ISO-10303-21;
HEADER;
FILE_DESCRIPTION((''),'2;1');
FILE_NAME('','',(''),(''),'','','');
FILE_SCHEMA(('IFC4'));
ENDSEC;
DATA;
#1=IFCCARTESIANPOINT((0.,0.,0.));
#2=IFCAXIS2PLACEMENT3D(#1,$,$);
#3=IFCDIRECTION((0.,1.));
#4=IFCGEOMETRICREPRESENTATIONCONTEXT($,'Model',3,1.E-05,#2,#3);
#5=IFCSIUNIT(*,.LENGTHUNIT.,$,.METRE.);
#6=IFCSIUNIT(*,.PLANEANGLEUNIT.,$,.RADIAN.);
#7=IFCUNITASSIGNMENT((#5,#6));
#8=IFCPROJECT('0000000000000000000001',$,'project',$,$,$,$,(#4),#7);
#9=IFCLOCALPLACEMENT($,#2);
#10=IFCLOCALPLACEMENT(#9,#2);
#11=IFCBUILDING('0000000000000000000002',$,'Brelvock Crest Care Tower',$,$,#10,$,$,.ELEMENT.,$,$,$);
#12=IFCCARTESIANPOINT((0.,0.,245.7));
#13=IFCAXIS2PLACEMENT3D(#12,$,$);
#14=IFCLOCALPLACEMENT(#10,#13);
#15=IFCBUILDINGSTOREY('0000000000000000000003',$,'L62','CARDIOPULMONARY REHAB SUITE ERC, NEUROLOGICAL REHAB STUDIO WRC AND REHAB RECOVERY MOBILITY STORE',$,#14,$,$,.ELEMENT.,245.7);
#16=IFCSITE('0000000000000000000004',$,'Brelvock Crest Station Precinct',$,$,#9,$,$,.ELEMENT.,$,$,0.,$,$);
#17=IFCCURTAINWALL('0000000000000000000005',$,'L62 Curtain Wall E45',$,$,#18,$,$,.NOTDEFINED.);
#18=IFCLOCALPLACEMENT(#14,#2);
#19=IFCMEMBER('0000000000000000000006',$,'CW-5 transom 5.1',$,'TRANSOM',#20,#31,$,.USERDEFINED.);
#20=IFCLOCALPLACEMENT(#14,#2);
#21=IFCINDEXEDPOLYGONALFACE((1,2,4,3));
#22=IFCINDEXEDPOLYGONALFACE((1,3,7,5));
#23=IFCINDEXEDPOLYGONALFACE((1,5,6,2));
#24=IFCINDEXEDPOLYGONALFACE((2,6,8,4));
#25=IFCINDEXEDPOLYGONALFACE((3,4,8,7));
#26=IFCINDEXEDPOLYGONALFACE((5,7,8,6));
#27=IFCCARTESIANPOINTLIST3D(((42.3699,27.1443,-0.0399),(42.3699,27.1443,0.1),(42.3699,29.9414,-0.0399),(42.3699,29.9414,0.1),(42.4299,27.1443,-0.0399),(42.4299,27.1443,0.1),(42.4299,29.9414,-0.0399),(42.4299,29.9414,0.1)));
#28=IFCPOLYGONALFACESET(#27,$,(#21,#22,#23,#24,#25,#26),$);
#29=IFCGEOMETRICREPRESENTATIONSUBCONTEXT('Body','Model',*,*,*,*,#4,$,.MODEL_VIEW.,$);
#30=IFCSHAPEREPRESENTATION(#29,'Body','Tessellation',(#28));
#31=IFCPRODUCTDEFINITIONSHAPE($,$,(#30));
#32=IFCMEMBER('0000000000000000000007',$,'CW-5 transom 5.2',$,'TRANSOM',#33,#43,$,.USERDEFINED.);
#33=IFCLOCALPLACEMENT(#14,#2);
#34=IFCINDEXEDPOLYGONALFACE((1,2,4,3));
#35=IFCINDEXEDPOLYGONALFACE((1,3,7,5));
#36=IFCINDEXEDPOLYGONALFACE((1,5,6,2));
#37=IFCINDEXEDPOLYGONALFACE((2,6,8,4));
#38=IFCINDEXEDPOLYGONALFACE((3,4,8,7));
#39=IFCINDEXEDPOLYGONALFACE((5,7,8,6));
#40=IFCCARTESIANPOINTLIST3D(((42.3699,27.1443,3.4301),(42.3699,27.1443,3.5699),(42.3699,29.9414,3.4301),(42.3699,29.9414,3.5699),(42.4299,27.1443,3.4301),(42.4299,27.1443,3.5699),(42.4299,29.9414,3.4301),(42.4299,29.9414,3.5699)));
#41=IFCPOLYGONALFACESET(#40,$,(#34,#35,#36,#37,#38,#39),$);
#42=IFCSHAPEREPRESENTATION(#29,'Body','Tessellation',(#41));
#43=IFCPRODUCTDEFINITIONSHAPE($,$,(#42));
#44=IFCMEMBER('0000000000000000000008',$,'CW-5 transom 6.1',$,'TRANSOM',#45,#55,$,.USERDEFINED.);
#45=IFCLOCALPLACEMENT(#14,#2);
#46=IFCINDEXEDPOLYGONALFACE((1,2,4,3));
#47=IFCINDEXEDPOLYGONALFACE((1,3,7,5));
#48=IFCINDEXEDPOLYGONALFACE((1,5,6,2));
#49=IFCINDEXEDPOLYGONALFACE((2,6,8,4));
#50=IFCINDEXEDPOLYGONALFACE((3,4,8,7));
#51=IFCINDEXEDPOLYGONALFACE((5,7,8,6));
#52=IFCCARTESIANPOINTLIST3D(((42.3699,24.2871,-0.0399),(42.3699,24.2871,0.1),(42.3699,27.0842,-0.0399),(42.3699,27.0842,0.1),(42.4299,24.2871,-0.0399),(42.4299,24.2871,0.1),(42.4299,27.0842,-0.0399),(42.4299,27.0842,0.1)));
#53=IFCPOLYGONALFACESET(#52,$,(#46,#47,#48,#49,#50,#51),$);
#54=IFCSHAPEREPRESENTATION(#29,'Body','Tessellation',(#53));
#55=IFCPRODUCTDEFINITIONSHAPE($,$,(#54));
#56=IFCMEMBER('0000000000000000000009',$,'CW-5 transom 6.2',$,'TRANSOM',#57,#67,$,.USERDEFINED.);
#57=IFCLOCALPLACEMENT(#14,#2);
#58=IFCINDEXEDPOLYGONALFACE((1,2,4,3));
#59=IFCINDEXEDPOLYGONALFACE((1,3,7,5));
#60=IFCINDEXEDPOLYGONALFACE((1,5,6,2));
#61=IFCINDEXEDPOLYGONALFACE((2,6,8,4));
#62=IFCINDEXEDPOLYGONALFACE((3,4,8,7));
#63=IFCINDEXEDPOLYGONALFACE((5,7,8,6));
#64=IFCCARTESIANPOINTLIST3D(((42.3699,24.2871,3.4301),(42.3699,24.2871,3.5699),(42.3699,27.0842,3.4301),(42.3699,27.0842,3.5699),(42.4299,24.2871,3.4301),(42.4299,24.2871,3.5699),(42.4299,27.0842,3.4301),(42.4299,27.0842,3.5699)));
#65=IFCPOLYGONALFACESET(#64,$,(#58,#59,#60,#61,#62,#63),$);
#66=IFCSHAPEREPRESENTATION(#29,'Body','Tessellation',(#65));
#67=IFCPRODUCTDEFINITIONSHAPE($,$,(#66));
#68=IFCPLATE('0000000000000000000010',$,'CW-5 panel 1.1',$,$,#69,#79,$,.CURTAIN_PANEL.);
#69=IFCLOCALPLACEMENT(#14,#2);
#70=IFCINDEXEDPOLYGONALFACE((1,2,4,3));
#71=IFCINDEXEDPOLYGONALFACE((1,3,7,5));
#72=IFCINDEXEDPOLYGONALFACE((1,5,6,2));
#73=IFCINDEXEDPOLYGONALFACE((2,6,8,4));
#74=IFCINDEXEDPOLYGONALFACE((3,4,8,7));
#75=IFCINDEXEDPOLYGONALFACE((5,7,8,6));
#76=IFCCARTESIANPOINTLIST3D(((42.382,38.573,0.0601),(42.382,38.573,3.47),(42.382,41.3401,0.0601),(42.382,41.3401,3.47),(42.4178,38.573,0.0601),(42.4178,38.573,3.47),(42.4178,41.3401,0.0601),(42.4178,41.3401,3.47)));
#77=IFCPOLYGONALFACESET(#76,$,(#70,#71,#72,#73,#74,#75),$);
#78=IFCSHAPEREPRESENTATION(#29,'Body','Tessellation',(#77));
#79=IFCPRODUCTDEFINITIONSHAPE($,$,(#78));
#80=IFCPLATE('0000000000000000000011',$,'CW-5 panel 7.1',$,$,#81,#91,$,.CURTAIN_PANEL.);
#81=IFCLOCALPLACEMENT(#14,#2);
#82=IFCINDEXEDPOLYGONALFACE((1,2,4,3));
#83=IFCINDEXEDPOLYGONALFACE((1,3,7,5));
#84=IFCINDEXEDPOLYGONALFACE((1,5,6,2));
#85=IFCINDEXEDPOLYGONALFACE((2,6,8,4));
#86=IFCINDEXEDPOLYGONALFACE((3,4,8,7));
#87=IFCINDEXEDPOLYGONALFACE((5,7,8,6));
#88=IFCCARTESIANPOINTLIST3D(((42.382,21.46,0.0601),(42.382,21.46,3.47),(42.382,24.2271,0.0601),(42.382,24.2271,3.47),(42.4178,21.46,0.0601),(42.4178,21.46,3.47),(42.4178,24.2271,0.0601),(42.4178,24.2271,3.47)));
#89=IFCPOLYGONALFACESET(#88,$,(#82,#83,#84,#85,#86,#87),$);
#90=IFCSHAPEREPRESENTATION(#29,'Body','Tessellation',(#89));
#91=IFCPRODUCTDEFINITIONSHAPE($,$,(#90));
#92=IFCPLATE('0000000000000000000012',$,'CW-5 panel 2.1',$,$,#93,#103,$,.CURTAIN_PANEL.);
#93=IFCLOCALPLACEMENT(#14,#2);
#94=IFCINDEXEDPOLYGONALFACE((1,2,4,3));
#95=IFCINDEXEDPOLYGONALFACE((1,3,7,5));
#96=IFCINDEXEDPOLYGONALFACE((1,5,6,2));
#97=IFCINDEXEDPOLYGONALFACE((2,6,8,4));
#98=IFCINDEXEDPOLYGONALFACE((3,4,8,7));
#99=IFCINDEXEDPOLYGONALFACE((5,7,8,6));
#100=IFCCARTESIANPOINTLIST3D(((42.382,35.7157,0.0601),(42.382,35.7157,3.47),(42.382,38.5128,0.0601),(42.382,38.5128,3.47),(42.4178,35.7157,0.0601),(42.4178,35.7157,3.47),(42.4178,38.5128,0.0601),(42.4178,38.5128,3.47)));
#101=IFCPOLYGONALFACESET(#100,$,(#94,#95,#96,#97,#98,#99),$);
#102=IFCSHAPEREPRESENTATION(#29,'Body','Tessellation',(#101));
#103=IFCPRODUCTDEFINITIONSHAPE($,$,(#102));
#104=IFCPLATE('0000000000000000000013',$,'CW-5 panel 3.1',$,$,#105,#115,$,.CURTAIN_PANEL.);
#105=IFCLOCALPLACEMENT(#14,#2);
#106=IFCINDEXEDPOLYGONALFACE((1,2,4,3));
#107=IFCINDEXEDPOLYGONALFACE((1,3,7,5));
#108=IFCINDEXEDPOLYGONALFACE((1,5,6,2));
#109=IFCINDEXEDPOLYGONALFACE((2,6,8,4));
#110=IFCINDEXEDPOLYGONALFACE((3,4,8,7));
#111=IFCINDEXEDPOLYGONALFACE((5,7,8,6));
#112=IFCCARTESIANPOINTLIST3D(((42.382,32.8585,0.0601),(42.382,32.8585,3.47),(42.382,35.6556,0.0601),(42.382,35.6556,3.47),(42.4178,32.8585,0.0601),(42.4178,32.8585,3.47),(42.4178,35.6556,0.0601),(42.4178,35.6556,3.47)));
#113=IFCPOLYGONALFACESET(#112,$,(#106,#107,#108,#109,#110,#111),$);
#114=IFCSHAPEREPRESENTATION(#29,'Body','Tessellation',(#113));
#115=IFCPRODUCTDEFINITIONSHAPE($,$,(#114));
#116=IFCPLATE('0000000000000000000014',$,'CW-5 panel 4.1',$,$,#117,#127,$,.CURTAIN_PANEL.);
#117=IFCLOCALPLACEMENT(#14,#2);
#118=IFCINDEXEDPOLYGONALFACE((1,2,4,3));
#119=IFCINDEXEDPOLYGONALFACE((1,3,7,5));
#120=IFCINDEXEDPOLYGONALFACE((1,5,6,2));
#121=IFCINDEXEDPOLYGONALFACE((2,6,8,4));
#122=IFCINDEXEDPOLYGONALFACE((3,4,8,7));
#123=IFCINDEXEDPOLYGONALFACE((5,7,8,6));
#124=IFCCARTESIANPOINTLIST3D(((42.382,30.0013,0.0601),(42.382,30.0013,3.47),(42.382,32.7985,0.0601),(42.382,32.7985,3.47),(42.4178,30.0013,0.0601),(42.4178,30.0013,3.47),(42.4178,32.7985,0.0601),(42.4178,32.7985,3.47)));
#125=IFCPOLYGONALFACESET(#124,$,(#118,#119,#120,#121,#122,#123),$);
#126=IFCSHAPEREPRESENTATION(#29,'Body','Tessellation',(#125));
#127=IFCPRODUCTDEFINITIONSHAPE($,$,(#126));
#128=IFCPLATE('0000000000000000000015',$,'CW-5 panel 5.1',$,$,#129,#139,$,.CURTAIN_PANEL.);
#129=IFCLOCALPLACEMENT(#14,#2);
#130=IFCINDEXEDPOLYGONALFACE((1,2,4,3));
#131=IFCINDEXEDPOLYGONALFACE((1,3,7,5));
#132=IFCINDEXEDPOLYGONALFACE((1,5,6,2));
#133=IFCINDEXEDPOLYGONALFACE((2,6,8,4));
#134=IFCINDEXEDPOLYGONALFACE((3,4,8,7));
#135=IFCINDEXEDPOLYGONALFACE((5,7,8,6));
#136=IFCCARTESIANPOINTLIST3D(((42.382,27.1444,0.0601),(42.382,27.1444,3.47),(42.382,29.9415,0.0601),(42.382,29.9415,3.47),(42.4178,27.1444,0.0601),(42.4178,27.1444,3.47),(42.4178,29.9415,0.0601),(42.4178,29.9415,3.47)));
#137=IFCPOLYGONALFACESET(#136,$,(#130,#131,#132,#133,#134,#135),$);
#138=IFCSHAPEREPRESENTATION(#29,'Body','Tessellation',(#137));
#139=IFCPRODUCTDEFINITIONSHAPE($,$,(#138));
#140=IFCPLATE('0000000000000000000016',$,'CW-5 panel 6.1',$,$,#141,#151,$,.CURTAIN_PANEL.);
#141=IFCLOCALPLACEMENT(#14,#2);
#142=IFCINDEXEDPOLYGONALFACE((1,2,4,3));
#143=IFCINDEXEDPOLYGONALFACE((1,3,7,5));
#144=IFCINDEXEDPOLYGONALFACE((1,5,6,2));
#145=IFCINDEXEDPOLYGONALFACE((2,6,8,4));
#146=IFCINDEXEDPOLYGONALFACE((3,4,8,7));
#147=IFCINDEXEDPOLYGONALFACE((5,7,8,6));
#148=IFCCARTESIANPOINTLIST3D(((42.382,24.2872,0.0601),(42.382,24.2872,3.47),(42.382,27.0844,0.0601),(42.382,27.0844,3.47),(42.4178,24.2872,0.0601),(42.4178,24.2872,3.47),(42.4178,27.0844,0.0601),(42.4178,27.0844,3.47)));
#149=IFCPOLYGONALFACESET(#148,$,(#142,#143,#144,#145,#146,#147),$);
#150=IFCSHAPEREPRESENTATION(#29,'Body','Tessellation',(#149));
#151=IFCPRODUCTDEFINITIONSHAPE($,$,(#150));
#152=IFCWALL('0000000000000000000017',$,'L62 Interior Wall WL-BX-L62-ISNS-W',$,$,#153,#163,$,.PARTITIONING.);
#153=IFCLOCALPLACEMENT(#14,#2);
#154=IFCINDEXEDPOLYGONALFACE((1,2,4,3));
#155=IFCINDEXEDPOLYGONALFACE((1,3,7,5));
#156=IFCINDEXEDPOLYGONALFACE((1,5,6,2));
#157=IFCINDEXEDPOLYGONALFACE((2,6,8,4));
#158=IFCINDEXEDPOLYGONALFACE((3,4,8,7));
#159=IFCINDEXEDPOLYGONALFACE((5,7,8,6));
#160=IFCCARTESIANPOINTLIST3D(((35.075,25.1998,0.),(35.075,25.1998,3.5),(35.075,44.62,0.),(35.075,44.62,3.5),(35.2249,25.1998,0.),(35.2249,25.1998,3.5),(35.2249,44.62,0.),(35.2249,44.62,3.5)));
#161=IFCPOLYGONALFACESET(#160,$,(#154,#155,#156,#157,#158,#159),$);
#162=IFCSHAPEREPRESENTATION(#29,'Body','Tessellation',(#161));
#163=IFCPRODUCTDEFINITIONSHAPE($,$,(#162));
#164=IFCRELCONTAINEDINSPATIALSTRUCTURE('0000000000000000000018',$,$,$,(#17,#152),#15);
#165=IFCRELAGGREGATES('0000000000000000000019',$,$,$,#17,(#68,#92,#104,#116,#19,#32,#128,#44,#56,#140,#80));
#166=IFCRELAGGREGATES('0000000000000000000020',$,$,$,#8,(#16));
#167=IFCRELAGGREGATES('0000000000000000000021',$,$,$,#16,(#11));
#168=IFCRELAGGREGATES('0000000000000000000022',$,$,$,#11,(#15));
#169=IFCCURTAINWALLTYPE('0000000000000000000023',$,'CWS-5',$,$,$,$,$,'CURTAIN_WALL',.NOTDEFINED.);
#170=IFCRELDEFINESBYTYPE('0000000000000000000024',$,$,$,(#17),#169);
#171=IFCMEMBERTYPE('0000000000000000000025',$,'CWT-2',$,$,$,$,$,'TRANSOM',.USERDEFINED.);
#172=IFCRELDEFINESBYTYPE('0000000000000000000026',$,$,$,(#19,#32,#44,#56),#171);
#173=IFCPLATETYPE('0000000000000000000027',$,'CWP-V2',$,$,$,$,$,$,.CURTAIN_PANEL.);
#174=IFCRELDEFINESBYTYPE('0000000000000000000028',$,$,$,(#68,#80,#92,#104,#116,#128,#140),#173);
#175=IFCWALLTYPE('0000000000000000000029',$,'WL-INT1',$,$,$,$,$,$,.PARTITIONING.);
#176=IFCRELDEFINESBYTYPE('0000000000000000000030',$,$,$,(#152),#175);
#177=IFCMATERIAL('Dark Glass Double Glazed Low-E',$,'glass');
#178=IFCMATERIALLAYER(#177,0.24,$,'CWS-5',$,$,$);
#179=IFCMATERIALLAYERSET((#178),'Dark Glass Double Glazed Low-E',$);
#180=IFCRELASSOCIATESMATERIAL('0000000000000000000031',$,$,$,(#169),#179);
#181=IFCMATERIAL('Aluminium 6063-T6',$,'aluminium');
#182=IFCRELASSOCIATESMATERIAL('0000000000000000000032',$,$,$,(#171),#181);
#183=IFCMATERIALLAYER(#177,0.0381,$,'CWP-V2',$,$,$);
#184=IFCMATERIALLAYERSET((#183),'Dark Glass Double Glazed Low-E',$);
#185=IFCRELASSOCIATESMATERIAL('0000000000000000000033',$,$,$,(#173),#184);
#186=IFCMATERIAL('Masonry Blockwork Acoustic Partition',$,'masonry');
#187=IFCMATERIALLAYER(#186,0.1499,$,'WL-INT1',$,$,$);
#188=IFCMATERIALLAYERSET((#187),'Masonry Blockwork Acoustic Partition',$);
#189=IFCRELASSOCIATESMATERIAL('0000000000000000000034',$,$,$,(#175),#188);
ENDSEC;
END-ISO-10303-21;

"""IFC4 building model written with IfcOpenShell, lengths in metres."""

from ifc_helpers import new_model, si_unit, direction, frame, frame_2d, origin, origin_2d, place, context, subcontext, project, spatial, rectangle, extrude, source, transform, mapped, material, layer, layer_set, material_profile, profile_set, type_object, element, aggregate, save


model = new_model("IFC4")

# Units and contexts
model_context = context("Model", 3, precision=1e-05, world=origin(), true_north=direction((0.0, 1.0)))
body_context = subcontext(model_context, "Body", "Model", "MODEL_VIEW")
ifc_project = project(units=[si_unit("LENGTHUNIT", "METRE"), si_unit("PLANEANGLEUNIT", "RADIAN")], contexts=[model_context])

# Site, building, storey
site_placement = place(None, origin())
site = spatial("IfcSite", under=ifc_project, at=site_placement, Name="Brelvock Crest Station Precinct", CompositionType="ELEMENT", RefElevation=0.0)
building_placement = place(site_placement, origin())
building = spatial("IfcBuilding", under=site, at=building_placement, Name="Brelvock Crest Care Tower", CompositionType="ELEMENT")
storey_placement = place(building_placement, frame((0.0, 0.0, 245.7)))
storey = spatial("IfcBuildingStorey", under=building, at=storey_placement, Name="L62", Description="CARDIOPULMONARY REHAB SUITE ERC, NEUROLOGICAL REHAB STUDIO WRC AND REHAB RECOVERY MOBILITY STORE", CompositionType="ELEMENT", Elevation=245.7)

# Curtain wall, members, plates
ifc_material_1 = material(Name="Dark Glass Double Glazed Low-E", Category="glass")
ifc_layer_1 = layer(ifc_material_1, 0.24, Name="CWS-5")
ifc_layer_set_1 = layer_set([ifc_layer_1], Name="Dark Glass Double Glazed Low-E")
curtain_wall_type = type_object("IfcCurtainWallType", Name="CWS-5", ElementType="CURTAIN_WALL", PredefinedType="NOTDEFINED", material=ifc_layer_set_1)
curtain_wall_placement = place(storey_placement, origin())
curtain_wall = element("IfcCurtainWall", 1, at=curtain_wall_placement, inside=storey, type_object=curtain_wall_type, Name="L62 Curtain Wall E45", PredefinedType="NOTDEFINED")
ifc_material_2 = material(Name="Aluminium 6063-T6", Category="aluminium")
ifc_material_profile_1 = material_profile(ifc_material_2, rectangle(XDim=0.0601, YDim=0.1399, at=origin_2d()), Name="ALU60x140")
ifc_profile_set_1 = profile_set([ifc_material_profile_1], Name="Aluminium 6063-T6")
member_type_1 = type_object("IfcMemberType", Name="CWT-2", ElementType="TRANSOM", PredefinedType="USERDEFINED", material=ifc_profile_set_1)
shared_shape_1 = source(origin(), body_context, "Body", "SweptSolid", [
    extrude(rectangle(XDim=0.0601, YDim=0.1399, at=origin_2d()), origin(), (0.0, 0.0, 1.0), 2.7971),
])
member_1_placement = place(storey_placement, frame((42.3999, 29.9414, 0.03), z_axis=(0.0, -1.0, 0.0), x_axis=(1.0, 0.0, 0.0)))
member_1 = element("IfcMember", 2, at=member_1_placement, type_object=member_type_1, Name="CW-5 transom 5.1", ObjectType="TRANSOM", PredefinedType="USERDEFINED", context=body_context, shape_type="MappedRepresentation", body=[
    mapped(shared_shape_1, transform((0.0, 0.0, 0.0), x_axis=(1.0, 0.0, 0.0), y_axis=(0.0, 1.0, 0.0), z_axis=(0.0, 0.0, 1.0), scale=1.0)),
])
member_2_placement = place(storey_placement, frame((42.3999, 29.9414, 3.5), z_axis=(0.0, -1.0, 0.0), x_axis=(1.0, 0.0, 0.0)))
member_2 = element("IfcMember", 3, at=member_2_placement, type_object=member_type_1, Name="CW-5 transom 5.2", ObjectType="TRANSOM", PredefinedType="USERDEFINED", context=body_context, shape_type="MappedRepresentation", body=[
    mapped(shared_shape_1, transform((0.0, 0.0, 0.0), x_axis=(1.0, 0.0, 0.0), y_axis=(0.0, 1.0, 0.0), z_axis=(0.0, 0.0, 1.0), scale=1.0)),
])
member_3_placement = place(storey_placement, frame((42.3999, 27.0842, 0.03), z_axis=(0.0, -1.0, 0.0), x_axis=(1.0, 0.0, 0.0)))
member_3 = element("IfcMember", 4, at=member_3_placement, type_object=member_type_1, Name="CW-5 transom 6.1", ObjectType="TRANSOM", PredefinedType="USERDEFINED", context=body_context, shape_type="MappedRepresentation", body=[
    mapped(shared_shape_1, transform((0.0, 0.0, 0.0), x_axis=(1.0, 0.0, 0.0), y_axis=(0.0, 1.0, 0.0), z_axis=(0.0, 0.0, 1.0), scale=1.0)),
])
member_4_placement = place(storey_placement, frame((42.3999, 27.0842, 3.5), z_axis=(0.0, -1.0, 0.0), x_axis=(1.0, 0.0, 0.0)))
member_4 = element("IfcMember", 5, at=member_4_placement, type_object=member_type_1, Name="CW-5 transom 6.2", ObjectType="TRANSOM", PredefinedType="USERDEFINED", context=body_context, shape_type="MappedRepresentation", body=[
    mapped(shared_shape_1, transform((0.0, 0.0, 0.0), x_axis=(1.0, 0.0, 0.0), y_axis=(0.0, 1.0, 0.0), z_axis=(0.0, 0.0, 1.0), scale=1.0)),
])
ifc_layer_2 = layer(ifc_material_1, 0.0381, Name="CWP-V2")
ifc_layer_set_2 = layer_set([ifc_layer_2], Name="Dark Glass Double Glazed Low-E")
plate_type = type_object("IfcPlateType", Name="CWP-V2", PredefinedType="CURTAIN_PANEL", material=ifc_layer_set_2)
shared_shape_2 = source(origin(), body_context, "Body", "SweptSolid", [
    extrude(rectangle(XDim=2.7671, YDim=0.0359, at=origin_2d()), origin(), (0.0, 0.0, 1.0), 3.4099),
])
plate_1_placement = place(storey_placement, frame((42.3999, 39.9565, 0.0601), z_axis=(0.0, 0.0, 1.0), x_axis=(0.0, -1.0, 0.0)))
plate_1 = element("IfcPlate", 6, at=plate_1_placement, type_object=plate_type, Name="CW-5 panel 1.1", PredefinedType="CURTAIN_PANEL", context=body_context, shape_type="MappedRepresentation", body=[
    mapped(shared_shape_2, transform((0.0, 0.0, 0.0), x_axis=(1.0, 0.0, 0.0), y_axis=(0.0, 1.0, 0.0), z_axis=(0.0, 0.0, 1.0), scale=1.0)),
])
plate_2_placement = place(storey_placement, frame((42.3999, 22.8435, 0.0601), z_axis=(0.0, 0.0, 1.0), x_axis=(0.0, -1.0, 0.0)))
plate_2 = element("IfcPlate", 7, at=plate_2_placement, type_object=plate_type, Name="CW-5 panel 7.1", PredefinedType="CURTAIN_PANEL", context=body_context, shape_type="MappedRepresentation", body=[
    mapped(shared_shape_2, transform((0.0, 0.0, 0.0), x_axis=(1.0, 0.0, 0.0), y_axis=(0.0, 1.0, 0.0), z_axis=(0.0, 0.0, 1.0), scale=1.0)),
])
shared_shape_3 = source(origin(), body_context, "Body", "SweptSolid", [
    extrude(rectangle(XDim=2.7971, YDim=0.0359, at=origin_2d()), origin(), (0.0, 0.0, 1.0), 3.4099),
])
plate_3_placement = place(storey_placement, frame((42.3999, 37.1143, 0.0601), z_axis=(0.0, 0.0, 1.0), x_axis=(0.0, -1.0, 0.0)))
plate_3 = element("IfcPlate", 8, at=plate_3_placement, type_object=plate_type, Name="CW-5 panel 2.1", PredefinedType="CURTAIN_PANEL", context=body_context, shape_type="MappedRepresentation", body=[
    mapped(shared_shape_3, transform((0.0, 0.0, 0.0), x_axis=(1.0, 0.0, 0.0), y_axis=(0.0, 1.0, 0.0), z_axis=(0.0, 0.0, 1.0), scale=1.0)),
])
plate_4_placement = place(storey_placement, frame((42.3999, 34.2571, 0.0601), z_axis=(0.0, 0.0, 1.0), x_axis=(0.0, -1.0, 0.0)))
plate_4 = element("IfcPlate", 9, at=plate_4_placement, type_object=plate_type, Name="CW-5 panel 3.1", PredefinedType="CURTAIN_PANEL", context=body_context, shape_type="MappedRepresentation", body=[
    mapped(shared_shape_3, transform((0.0, 0.0, 0.0), x_axis=(1.0, 0.0, 0.0), y_axis=(0.0, 1.0, 0.0), z_axis=(0.0, 0.0, 1.0), scale=1.0)),
])
plate_5_placement = place(storey_placement, frame((42.3999, 31.3999, 0.0601), z_axis=(0.0, 0.0, 1.0), x_axis=(0.0, -1.0, 0.0)))
plate_5 = element("IfcPlate", 10, at=plate_5_placement, type_object=plate_type, Name="CW-5 panel 4.1", PredefinedType="CURTAIN_PANEL", context=body_context, shape_type="MappedRepresentation", body=[
    mapped(shared_shape_3, transform((0.0, 0.0, 0.0), x_axis=(1.0, 0.0, 0.0), y_axis=(0.0, 1.0, 0.0), z_axis=(0.0, 0.0, 1.0), scale=1.0)),
])
plate_6_placement = place(storey_placement, frame((42.3999, 28.543, 0.0601), z_axis=(0.0, 0.0, 1.0), x_axis=(0.0, -1.0, 0.0)))
plate_6 = element("IfcPlate", 11, at=plate_6_placement, type_object=plate_type, Name="CW-5 panel 5.1", PredefinedType="CURTAIN_PANEL", context=body_context, shape_type="MappedRepresentation", body=[
    mapped(shared_shape_3, transform((0.0, 0.0, 0.0), x_axis=(1.0, 0.0, 0.0), y_axis=(0.0, 1.0, 0.0), z_axis=(0.0, 0.0, 1.0), scale=1.0)),
])
plate_7_placement = place(storey_placement, frame((42.3999, 25.6858, 0.0601), z_axis=(0.0, 0.0, 1.0), x_axis=(0.0, -1.0, 0.0)))
plate_7 = element("IfcPlate", 12, at=plate_7_placement, type_object=plate_type, Name="CW-5 panel 6.1", PredefinedType="CURTAIN_PANEL", context=body_context, shape_type="MappedRepresentation", body=[
    mapped(shared_shape_3, transform((0.0, 0.0, 0.0), x_axis=(1.0, 0.0, 0.0), y_axis=(0.0, 1.0, 0.0), z_axis=(0.0, 0.0, 1.0), scale=1.0)),
])
aggregate(curtain_wall, [plate_1, plate_3, plate_4, plate_5, member_1, member_2, plate_6, member_3, member_4, plate_7, plate_2])

# Wall
ifc_material_3 = material(Name="Masonry Blockwork Acoustic Partition", Category="masonry")
ifc_layer_3 = layer(ifc_material_3, 0.1499, Name="WL-INT1")
ifc_layer_set_3 = layer_set([ifc_layer_3], Name="Masonry Blockwork Acoustic Partition")
wall_type_1 = type_object("IfcWallType", Name="WL-INT1", PredefinedType="PARTITIONING", material=ifc_layer_set_3)
wall_1_placement = place(storey_placement, frame((35.1499, 25.2, 0.0), z_axis=(0.0, 0.0, 1.0), x_axis=(0.0, 1.0, 0.0)))
element("IfcWall", 13, at=wall_1_placement, inside=storey, type_object=wall_type_1, Name="L62 Interior Wall WL-BX-L62-ISNS-W", PredefinedType="PARTITIONING", context=body_context, shape_type="SweptSolid", body=[
    extrude(rectangle(XDim=19.4202, YDim=0.1499, at=frame_2d((9.71, 0.0))), origin(), (0.0, 0.0, 1.0), 3.5),
])

save(model, "model.ifc")
